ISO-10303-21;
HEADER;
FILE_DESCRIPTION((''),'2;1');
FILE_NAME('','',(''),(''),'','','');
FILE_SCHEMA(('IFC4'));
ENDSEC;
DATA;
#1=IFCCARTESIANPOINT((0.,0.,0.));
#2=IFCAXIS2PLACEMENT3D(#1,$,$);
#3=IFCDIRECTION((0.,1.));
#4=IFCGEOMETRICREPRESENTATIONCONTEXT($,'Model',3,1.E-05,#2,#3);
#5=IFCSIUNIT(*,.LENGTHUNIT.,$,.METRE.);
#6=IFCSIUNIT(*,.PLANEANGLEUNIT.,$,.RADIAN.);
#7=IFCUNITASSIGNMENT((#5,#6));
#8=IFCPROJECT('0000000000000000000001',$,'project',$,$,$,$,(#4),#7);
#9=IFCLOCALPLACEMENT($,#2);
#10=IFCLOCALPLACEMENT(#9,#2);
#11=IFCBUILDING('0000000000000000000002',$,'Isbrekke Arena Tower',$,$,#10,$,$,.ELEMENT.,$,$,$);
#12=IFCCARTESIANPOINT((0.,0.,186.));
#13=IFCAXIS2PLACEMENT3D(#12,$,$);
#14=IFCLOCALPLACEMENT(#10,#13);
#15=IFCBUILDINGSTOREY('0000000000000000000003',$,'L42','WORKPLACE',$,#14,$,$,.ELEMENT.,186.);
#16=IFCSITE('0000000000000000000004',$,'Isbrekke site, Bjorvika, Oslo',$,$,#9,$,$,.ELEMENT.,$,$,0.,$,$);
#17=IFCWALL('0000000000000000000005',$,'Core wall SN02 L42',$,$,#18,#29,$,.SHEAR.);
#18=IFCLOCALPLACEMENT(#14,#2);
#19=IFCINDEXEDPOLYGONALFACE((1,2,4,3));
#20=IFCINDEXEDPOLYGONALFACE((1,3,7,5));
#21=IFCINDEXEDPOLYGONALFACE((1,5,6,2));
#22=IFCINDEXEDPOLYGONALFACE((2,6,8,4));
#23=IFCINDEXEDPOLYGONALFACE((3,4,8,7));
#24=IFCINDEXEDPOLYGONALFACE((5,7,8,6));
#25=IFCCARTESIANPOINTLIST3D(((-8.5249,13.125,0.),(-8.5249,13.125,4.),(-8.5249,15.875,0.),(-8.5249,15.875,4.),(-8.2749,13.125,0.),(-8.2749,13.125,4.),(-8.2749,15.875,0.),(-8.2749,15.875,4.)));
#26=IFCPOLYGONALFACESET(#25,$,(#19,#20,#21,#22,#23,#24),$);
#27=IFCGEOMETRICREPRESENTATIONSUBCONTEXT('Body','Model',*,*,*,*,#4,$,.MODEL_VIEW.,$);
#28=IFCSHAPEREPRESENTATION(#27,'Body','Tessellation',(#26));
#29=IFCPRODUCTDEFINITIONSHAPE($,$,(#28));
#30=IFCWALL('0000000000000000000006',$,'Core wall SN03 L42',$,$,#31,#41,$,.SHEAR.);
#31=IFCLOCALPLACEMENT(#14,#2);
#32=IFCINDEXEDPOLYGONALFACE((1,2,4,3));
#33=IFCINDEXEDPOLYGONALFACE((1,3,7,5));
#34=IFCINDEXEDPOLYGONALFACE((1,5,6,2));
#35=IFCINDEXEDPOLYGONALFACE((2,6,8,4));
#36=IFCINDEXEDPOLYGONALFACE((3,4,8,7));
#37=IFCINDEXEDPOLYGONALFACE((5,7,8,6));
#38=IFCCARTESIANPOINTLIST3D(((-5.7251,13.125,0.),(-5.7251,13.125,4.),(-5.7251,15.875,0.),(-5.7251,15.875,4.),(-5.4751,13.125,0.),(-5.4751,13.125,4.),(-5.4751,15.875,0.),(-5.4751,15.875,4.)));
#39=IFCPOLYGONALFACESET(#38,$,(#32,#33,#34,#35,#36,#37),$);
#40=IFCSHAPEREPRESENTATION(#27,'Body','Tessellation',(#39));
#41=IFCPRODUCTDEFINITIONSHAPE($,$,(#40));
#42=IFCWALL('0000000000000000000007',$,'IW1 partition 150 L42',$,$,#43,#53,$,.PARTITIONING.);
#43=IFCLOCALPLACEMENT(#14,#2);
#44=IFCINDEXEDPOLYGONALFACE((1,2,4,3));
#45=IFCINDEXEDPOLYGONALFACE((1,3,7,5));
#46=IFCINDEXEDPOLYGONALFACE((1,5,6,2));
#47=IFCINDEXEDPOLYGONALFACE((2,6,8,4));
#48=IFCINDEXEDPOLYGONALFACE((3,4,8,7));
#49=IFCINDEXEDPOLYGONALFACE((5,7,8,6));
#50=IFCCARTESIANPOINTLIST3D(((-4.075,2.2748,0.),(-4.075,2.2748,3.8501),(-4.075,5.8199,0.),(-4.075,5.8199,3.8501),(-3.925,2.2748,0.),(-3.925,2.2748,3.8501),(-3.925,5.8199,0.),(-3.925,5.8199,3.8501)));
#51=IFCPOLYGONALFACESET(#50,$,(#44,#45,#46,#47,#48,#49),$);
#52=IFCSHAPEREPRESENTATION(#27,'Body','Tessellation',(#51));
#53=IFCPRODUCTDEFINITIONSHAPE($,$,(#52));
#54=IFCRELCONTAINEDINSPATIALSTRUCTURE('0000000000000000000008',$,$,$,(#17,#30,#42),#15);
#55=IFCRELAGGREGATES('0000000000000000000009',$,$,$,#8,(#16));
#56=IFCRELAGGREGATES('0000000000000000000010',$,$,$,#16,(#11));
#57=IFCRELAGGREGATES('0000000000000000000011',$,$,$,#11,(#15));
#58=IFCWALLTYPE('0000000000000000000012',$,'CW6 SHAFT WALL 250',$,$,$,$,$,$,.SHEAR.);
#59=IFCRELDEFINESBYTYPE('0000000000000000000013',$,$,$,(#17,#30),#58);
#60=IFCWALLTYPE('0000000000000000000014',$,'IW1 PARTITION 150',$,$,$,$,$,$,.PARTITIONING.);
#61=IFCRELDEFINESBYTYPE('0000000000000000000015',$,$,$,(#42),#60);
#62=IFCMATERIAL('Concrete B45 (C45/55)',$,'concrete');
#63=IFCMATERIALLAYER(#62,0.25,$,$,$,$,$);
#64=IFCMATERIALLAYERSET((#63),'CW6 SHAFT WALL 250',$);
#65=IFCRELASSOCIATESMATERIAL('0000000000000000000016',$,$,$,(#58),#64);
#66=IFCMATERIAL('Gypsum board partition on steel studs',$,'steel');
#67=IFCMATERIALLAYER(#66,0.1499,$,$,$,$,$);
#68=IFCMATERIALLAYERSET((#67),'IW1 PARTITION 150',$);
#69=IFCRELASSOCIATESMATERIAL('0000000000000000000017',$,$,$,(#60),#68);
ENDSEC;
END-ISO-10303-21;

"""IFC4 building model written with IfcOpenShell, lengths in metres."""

from ifc_helpers import new_model, si_unit, direction, frame, frame_2d, origin, place, context, subcontext, project, spatial, rectangle, extrude, material, layer, layer_set, type_object, element, save


model = new_model("IFC4")

# Units and contexts
model_context = context("Model", 3, precision=1e-05, world=origin(), true_north=direction((0.0, 1.0)))
body_context = subcontext(model_context, "Body", "Model", "MODEL_VIEW")
ifc_project = project(units=[si_unit("LENGTHUNIT", "METRE"), si_unit("PLANEANGLEUNIT", "RADIAN")], contexts=[model_context])

# Site, building, storey
site_placement = place(None, origin())
site = spatial("IfcSite", under=ifc_project, at=site_placement, Name="Isbrekke site, Bjorvika, Oslo", CompositionType="ELEMENT", RefElevation=0.0)
building_placement = place(site_placement, origin())
building = spatial("IfcBuilding", under=site, at=building_placement, Name="Isbrekke Arena Tower", CompositionType="ELEMENT")
storey_placement = place(building_placement, frame((0.0, 0.0, 186.0)))
storey = spatial("IfcBuildingStorey", under=building, at=storey_placement, Name="L42", Description="WORKPLACE", CompositionType="ELEMENT", Elevation=186.0)

# Shared definitions
ifc_material_1 = material(Name="Concrete B45 (C45/55)", Category="concrete")
ifc_layer_1 = layer(ifc_material_1, 0.25)
ifc_layer_set_1 = layer_set([ifc_layer_1], Name="CW6 SHAFT WALL 250")
wall_type_1 = type_object("IfcWallType", Name="CW6 SHAFT WALL 250", PredefinedType="SHEAR", material=ifc_layer_set_1)

# Walls
for number, where, z_axis, x_axis, name in (
    (1, (-8.3999, 13.125, 0.0), (0.0, 0.0, 1.0), (0.0, 1.0, 0.0), "Core wall SN02 L42"),
    (2, (-5.6001, 13.125, 0.0), (0.0, 0.0, 1.0), (0.0, 1.0, 0.0), "Core wall SN03 L42"),
):
    element("IfcWall", number, at=place(storey_placement, frame(where, z_axis=z_axis, x_axis=x_axis)), inside=storey, type_object=wall_type_1, Name=name, PredefinedType="SHEAR", context=body_context, shape_type="SweptSolid", body=[
        extrude(rectangle(XDim=2.75, YDim=0.25, at=frame_2d((1.375, 0.0))), origin(), (0.0, 0.0, 1.0), 4.0),
    ])
ifc_material_2 = material(Name="Gypsum board partition on steel studs", Category="steel")
ifc_layer_2 = layer(ifc_material_2, 0.1499)
ifc_layer_set_2 = layer_set([ifc_layer_2], Name="IW1 PARTITION 150")
wall_type_2 = type_object("IfcWallType", Name="IW1 PARTITION 150", PredefinedType="PARTITIONING", material=ifc_layer_set_2)
wall_1_placement = place(storey_placement, frame((-4.0, 2.2749, 0.0), z_axis=(0.0, 0.0, 1.0), x_axis=(0.0, 1.0, 0.0)))
element("IfcWall", 3, at=wall_1_placement, inside=storey, type_object=wall_type_2, Name="IW1 partition 150 L42", PredefinedType="PARTITIONING", context=body_context, shape_type="SweptSolid", body=[
    extrude(rectangle(XDim=3.5452, YDim=0.1499, at=frame_2d((1.7725, 0.0))), origin(), (0.0, 0.0, 1.0), 3.8501),
])

save(model, "model.ifc")
